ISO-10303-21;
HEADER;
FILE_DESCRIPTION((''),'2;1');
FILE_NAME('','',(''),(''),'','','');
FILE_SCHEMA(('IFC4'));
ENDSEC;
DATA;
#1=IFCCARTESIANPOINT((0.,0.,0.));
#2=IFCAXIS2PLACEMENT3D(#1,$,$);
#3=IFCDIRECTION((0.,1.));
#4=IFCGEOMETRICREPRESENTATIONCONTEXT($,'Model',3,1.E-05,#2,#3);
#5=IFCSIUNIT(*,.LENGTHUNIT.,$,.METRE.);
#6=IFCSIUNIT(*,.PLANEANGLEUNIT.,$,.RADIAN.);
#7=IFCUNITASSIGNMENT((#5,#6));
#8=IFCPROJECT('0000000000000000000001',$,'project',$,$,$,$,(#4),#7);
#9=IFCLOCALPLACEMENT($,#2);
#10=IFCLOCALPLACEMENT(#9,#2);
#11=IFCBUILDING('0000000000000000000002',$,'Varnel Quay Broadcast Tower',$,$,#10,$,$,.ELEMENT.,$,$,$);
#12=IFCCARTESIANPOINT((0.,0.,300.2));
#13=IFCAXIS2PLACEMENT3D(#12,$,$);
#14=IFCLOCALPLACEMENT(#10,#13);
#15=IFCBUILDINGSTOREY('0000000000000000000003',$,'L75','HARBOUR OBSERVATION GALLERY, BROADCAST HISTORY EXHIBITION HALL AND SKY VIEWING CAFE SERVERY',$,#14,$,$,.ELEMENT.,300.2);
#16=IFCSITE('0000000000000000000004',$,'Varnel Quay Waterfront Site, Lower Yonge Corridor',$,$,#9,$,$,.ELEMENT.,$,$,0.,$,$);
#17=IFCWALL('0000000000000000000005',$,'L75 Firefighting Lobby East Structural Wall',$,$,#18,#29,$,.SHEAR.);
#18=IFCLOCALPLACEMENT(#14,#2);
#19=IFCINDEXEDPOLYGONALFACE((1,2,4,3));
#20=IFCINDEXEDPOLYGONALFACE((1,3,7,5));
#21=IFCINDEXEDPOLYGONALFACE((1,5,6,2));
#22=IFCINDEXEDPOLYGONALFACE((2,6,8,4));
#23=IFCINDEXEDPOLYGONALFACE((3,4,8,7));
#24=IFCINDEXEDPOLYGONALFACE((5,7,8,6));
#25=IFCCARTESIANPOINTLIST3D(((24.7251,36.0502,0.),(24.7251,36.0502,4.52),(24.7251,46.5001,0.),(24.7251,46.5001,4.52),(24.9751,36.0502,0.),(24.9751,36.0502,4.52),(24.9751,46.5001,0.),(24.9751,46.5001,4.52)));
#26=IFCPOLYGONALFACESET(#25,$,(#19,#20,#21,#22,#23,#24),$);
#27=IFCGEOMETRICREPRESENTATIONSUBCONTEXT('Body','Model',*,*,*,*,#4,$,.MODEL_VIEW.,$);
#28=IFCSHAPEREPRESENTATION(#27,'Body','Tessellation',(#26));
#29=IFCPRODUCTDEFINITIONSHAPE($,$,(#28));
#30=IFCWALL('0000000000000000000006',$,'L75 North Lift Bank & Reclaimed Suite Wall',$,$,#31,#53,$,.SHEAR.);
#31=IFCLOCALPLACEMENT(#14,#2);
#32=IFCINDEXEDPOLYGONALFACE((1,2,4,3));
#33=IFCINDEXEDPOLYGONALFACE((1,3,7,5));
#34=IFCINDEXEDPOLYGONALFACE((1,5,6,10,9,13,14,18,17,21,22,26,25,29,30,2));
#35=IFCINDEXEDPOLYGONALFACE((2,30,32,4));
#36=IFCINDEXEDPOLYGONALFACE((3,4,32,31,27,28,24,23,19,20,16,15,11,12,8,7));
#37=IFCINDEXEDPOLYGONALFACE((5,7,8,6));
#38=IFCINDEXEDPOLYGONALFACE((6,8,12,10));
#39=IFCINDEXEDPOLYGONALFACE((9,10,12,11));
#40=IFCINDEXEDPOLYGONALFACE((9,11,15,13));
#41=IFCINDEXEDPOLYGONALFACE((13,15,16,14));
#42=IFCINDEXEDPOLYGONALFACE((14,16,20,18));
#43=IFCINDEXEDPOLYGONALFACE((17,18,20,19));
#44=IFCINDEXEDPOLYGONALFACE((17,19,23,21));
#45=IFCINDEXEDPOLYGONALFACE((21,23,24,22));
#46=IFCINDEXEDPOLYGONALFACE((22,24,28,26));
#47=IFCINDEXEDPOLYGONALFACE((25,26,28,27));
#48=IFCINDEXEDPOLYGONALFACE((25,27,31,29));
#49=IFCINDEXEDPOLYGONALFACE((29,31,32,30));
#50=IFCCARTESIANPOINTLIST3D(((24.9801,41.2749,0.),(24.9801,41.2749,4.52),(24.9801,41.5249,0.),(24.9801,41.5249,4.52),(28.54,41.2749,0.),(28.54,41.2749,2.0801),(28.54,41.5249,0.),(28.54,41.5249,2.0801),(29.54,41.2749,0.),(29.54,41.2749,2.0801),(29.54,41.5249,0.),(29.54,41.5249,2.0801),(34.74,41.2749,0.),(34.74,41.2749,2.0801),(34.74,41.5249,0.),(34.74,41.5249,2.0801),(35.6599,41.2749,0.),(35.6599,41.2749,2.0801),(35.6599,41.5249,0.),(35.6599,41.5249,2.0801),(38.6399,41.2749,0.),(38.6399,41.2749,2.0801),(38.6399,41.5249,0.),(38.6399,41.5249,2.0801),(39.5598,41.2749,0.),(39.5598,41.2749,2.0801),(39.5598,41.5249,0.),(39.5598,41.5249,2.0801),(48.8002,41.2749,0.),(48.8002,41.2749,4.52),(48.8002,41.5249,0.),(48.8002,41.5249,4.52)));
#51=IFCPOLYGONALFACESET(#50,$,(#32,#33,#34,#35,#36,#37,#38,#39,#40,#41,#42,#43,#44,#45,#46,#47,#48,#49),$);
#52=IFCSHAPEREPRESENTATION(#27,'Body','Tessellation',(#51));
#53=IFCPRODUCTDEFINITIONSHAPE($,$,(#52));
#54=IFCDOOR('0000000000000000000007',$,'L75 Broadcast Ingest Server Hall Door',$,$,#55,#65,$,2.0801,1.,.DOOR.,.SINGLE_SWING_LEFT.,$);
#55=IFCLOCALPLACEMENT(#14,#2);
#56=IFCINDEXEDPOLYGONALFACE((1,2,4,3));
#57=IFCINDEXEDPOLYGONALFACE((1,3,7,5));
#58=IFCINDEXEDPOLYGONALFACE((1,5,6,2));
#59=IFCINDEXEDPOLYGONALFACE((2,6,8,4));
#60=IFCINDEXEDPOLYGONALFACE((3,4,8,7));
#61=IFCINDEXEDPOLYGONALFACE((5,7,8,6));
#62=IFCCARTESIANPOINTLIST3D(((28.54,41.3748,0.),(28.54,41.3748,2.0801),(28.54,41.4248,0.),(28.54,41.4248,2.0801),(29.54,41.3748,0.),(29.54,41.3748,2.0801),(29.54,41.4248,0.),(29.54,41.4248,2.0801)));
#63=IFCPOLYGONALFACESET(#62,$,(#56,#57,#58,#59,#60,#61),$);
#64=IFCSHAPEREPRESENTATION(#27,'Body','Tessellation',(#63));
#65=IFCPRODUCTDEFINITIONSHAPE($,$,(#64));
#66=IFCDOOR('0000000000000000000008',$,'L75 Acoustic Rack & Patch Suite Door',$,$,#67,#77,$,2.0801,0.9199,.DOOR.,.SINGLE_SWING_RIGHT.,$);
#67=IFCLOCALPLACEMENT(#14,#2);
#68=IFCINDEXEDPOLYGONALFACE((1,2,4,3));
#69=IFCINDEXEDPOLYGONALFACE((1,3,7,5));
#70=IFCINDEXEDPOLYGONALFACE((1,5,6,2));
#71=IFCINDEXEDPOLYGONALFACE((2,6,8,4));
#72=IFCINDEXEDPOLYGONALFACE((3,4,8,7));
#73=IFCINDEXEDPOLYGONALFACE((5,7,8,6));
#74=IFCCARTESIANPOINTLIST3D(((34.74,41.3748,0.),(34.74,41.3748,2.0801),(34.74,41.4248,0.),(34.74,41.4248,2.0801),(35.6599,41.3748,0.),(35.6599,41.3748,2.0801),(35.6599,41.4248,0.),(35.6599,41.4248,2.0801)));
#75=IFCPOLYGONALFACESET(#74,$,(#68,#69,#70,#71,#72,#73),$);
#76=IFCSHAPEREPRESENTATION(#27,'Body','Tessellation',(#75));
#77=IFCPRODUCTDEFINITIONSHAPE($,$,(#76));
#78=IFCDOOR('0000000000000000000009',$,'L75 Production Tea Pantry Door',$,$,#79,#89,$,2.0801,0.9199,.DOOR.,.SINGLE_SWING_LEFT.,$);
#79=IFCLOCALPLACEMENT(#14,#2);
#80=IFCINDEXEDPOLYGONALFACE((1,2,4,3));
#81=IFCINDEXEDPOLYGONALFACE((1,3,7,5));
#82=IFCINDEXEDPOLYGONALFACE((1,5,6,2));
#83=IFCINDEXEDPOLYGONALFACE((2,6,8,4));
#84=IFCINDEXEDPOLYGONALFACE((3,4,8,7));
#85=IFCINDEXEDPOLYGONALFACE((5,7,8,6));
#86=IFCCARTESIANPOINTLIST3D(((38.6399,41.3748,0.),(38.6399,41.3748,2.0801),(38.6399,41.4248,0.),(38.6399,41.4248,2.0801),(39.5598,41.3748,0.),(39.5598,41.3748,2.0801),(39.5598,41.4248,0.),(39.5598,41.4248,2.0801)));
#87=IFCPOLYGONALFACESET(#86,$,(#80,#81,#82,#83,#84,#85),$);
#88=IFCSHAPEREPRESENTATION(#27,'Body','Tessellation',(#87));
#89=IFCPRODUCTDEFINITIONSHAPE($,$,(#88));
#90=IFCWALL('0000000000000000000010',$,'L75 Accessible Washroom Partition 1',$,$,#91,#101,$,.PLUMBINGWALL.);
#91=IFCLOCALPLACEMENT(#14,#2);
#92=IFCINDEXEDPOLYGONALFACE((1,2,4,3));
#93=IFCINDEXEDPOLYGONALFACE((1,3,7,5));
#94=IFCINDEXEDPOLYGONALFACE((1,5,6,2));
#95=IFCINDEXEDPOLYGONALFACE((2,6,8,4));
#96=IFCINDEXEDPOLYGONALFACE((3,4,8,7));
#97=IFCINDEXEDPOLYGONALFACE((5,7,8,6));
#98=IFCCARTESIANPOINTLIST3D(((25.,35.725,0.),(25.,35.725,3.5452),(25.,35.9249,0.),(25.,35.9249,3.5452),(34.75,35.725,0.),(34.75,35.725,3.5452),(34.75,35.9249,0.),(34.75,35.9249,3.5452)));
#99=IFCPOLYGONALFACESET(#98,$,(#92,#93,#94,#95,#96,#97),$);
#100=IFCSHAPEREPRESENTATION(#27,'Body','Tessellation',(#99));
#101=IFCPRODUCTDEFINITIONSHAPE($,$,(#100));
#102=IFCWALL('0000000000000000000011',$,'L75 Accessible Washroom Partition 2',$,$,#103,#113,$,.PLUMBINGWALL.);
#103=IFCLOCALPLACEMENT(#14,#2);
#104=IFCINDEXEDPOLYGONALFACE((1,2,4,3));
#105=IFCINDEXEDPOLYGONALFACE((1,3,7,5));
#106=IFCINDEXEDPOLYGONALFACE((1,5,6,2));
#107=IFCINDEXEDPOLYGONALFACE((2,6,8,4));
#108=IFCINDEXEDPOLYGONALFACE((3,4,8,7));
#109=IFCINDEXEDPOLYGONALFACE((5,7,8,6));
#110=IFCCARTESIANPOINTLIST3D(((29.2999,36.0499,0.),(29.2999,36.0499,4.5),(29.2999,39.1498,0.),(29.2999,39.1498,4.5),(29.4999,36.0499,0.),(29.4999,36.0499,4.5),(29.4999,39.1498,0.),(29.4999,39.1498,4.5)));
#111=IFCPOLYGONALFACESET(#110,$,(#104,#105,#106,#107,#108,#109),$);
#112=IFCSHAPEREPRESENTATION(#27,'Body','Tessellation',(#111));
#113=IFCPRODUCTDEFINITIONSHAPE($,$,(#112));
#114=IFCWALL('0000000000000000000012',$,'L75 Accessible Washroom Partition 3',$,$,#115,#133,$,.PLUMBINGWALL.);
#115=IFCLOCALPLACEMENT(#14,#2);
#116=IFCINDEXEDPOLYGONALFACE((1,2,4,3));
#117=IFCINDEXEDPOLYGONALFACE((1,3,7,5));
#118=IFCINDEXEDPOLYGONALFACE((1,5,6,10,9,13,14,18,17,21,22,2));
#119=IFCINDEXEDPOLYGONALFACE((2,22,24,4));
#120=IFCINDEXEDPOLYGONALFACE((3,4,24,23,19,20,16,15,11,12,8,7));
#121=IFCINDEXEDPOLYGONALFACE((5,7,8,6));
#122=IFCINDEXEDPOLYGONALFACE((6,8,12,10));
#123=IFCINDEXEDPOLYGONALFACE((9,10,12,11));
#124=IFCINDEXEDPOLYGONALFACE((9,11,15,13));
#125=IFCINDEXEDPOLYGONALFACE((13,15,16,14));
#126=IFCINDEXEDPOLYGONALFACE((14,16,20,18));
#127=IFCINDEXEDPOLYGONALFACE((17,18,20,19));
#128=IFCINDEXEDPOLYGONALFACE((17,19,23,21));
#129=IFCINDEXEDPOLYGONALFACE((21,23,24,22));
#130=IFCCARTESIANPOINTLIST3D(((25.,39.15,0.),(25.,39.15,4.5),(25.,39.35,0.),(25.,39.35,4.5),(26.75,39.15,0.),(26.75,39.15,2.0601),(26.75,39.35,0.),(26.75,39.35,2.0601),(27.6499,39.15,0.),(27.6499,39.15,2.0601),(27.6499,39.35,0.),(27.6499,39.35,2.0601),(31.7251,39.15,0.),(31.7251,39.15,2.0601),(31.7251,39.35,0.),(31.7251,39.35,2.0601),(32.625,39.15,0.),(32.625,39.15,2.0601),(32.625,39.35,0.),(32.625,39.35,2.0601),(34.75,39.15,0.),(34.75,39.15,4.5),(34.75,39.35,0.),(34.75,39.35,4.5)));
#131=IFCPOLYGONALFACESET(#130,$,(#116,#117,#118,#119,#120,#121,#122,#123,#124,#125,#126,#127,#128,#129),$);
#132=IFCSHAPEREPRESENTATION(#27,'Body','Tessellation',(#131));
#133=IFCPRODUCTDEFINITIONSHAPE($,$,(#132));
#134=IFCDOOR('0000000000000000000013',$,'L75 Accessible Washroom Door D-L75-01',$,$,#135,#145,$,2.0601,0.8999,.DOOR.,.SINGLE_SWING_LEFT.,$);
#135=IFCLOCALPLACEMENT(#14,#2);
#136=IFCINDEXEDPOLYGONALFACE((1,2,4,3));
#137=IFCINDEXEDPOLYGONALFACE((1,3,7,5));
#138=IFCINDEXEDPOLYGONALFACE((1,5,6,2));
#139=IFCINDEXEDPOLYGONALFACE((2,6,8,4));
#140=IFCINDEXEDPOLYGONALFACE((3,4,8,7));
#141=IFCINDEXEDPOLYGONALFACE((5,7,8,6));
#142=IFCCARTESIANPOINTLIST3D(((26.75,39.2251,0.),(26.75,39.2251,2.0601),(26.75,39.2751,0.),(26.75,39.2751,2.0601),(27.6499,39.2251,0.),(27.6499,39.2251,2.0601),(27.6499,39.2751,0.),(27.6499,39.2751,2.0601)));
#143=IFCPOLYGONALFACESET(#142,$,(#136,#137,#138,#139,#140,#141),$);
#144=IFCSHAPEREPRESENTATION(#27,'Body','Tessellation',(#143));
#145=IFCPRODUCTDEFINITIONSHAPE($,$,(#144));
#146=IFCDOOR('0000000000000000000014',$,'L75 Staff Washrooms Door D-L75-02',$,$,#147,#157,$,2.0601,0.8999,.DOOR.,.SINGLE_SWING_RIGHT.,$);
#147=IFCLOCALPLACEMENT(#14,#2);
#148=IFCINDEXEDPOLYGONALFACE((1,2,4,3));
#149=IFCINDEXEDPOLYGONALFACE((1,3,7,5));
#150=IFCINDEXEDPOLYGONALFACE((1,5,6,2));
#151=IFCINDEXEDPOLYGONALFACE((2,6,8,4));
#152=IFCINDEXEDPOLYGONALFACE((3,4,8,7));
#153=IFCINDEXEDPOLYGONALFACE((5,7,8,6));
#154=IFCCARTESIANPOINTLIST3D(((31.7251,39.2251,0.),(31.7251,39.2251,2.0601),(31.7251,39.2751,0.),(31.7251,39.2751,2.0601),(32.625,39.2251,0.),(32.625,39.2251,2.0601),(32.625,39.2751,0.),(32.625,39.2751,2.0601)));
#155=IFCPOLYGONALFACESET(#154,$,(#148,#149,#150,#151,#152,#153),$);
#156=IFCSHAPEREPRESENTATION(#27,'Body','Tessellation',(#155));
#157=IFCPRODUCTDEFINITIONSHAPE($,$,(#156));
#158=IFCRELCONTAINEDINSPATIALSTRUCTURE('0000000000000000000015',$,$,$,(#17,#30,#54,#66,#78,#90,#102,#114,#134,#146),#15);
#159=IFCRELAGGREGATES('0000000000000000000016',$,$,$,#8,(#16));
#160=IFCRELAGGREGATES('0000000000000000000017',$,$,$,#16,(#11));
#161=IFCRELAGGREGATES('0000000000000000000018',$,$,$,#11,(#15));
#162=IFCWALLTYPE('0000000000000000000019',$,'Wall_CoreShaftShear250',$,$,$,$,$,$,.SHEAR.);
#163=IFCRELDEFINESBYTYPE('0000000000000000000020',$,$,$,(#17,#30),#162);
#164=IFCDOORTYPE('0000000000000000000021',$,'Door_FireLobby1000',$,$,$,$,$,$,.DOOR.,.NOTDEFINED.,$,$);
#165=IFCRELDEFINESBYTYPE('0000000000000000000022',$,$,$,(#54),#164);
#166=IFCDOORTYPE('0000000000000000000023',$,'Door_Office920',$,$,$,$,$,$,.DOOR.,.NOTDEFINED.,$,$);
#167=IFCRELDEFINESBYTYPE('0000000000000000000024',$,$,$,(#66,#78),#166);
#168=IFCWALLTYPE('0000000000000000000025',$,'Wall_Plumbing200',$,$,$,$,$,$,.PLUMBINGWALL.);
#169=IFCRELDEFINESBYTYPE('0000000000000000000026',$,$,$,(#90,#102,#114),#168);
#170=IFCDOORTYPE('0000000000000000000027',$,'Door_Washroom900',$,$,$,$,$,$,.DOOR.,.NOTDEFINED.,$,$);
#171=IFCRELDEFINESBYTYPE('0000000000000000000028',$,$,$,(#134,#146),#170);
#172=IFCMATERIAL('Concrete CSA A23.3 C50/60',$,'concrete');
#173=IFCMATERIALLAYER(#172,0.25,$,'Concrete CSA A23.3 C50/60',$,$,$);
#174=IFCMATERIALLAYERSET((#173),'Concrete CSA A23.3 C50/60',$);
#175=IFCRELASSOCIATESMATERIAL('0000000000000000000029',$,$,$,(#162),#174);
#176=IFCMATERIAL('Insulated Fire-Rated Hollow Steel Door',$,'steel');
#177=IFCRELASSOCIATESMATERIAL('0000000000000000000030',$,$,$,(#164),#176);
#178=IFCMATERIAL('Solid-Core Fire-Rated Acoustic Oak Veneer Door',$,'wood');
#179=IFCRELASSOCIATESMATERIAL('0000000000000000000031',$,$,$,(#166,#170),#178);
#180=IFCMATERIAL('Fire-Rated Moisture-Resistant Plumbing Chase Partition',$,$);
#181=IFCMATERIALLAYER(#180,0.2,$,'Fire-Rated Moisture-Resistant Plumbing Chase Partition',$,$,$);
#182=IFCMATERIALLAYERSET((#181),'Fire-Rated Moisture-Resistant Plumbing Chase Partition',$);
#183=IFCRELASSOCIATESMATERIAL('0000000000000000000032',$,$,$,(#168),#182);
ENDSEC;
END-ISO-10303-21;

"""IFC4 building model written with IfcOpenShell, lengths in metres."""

from ifc_helpers import new_model, si_unit, direction, frame, frame_2d, origin, place, context, subcontext, project, spatial, rectangle, extrude, source, transform, mapped, material, layer, layer_set, type_object, type_shapes, element, fill, save


model = new_model("IFC4")

# Units and contexts
model_context = context("Model", 3, precision=1e-05, world=origin(), true_north=direction((0.0, 1.0)))
body_context = subcontext(model_context, "Body", "Model", "MODEL_VIEW")
ifc_project = project(units=[si_unit("LENGTHUNIT", "METRE"), si_unit("PLANEANGLEUNIT", "RADIAN")], contexts=[model_context])

# Site, building, storey
site_placement = place(None, origin())
site = spatial("IfcSite", under=ifc_project, at=site_placement, Name="Varnel Quay Waterfront Site, Lower Yonge Corridor", CompositionType="ELEMENT", RefElevation=0.0)
building_placement = place(site_placement, origin())
building = spatial("IfcBuilding", under=site, at=building_placement, Name="Varnel Quay Broadcast Tower", CompositionType="ELEMENT")
storey_placement = place(building_placement, frame((0.0, 0.0, 300.2)))
storey = spatial("IfcBuildingStorey", under=building, at=storey_placement, Name="L75", Description="HARBOUR OBSERVATION GALLERY, BROADCAST HISTORY EXHIBITION HALL AND SKY VIEWING CAFE SERVERY", CompositionType="ELEMENT", Elevation=300.2)

# Shared definitions
ifc_material_1 = material(Name="Concrete CSA A23.3 C50/60", Category="concrete")
ifc_material_2 = material(Name="Insulated Fire-Rated Hollow Steel Door", Category="steel")

# Wall
ifc_layer_1 = layer(ifc_material_1, 0.25, Name="Concrete CSA A23.3 C50/60")
ifc_layer_set_1 = layer_set([ifc_layer_1], Name="Concrete CSA A23.3 C50/60")
wall_type_1 = type_object("IfcWallType", Name="Wall_CoreShaftShear250", PredefinedType="SHEAR", material=ifc_layer_set_1)
wall_1_placement = place(storey_placement, frame((24.8501, 36.05, 0.0), z_axis=(0.0, 0.0, 1.0), x_axis=(0.0, 1.0, 0.0)))
element("IfcWall", 1, at=wall_1_placement, inside=storey, type_object=wall_type_1, Name="L75 Firefighting Lobby East Structural Wall", PredefinedType="SHEAR", context=body_context, shape_type="SweptSolid", body=[
    extrude(rectangle(XDim=10.45, YDim=0.25, at=frame_2d((5.2251, 0.0))), origin(), (0.0, 0.0, 1.0), 4.52),
])

# Wall, openings, doors
wall_2_placement = place(storey_placement, frame((24.98, 41.3999, 0.0), z_axis=(0.0, 0.0, 1.0), x_axis=(1.0, 0.0, 0.0)))
wall_2 = element("IfcWall", 2, at=wall_2_placement, inside=storey, type_object=wall_type_1, Name="L75 North Lift Bank & Reclaimed Suite Wall", PredefinedType="SHEAR", context=body_context, shape_type="SweptSolid", body=[
    extrude(rectangle(XDim=23.8201, YDim=0.25, at=frame_2d((11.9102, 0.0))), origin(), (0.0, 0.0, 1.0), 4.52),
])
opening_1_placement = place(wall_2_placement, frame((3.5601, 0.0, 0.0)))
opening_1 = element("IfcOpeningElement", 3, at=opening_1_placement, cuts=wall_2, PredefinedType="OPENING", context=body_context, shape_type="SweptSolid", body=[
    extrude(rectangle(XDim=1.0, YDim=2.0801, at=frame_2d((0.5, 1.04))), frame((0.0, 0.135, 0.0), z_axis=(0.0, -1.0, 0.0), x_axis=(1.0, 0.0, 0.0)), (0.0, 0.0, 1.0), 0.27),
])
opening_2_placement = place(wall_2_placement, frame((9.76, 0.0, 0.0)))
opening_2 = element("IfcOpeningElement", 4, at=opening_2_placement, cuts=wall_2, PredefinedType="OPENING", context=body_context, shape_type="SweptSolid", body=[
    extrude(rectangle(XDim=0.9199, YDim=2.0801, at=frame_2d((0.46, 1.04))), frame((0.0, 0.135, 0.0), z_axis=(0.0, -1.0, 0.0), x_axis=(1.0, 0.0, 0.0)), (0.0, 0.0, 1.0), 0.27),
])
opening_3_placement = place(wall_2_placement, frame((13.6599, 0.0, 0.0)))
opening_3 = element("IfcOpeningElement", 5, at=opening_3_placement, cuts=wall_2, PredefinedType="OPENING", context=body_context, shape_type="SweptSolid", body=[
    extrude(rectangle(XDim=0.9199, YDim=2.0801, at=frame_2d((0.46, 1.04))), frame((0.0, 0.135, 0.0), z_axis=(0.0, -1.0, 0.0), x_axis=(1.0, 0.0, 0.0)), (0.0, 0.0, 1.0), 0.27),
])
door_type_1 = type_object("IfcDoorType", Name="Door_FireLobby1000", OperationType="NOTDEFINED", PredefinedType="DOOR", material=ifc_material_2)
shared_shape_1 = source(origin(), body_context, "Body", "SweptSolid", [
    extrude(rectangle(XDim=1.0, YDim=2.0801, at=frame_2d((0.5, 1.04))), frame((0.0, 0.0249, 0.0), z_axis=(0.0, -1.0, 0.0), x_axis=(1.0, 0.0, 0.0)), (0.0, 0.0, 1.0), 0.05),
])
type_shapes(door_type_1, [shared_shape_1])
door_1_placement = place(opening_1_placement, origin())
door_1 = element("IfcDoor", 6, at=door_1_placement, inside=storey, type_object=door_type_1, Name="L75 Broadcast Ingest Server Hall Door", OperationType="SINGLE_SWING_LEFT", OverallHeight=2.0801, OverallWidth=1.0, PredefinedType="DOOR", context=body_context, shape_type="MappedRepresentation", body=[
    mapped(shared_shape_1, transform((0.0, 0.0, 0.0), x_axis=(1.0, 0.0, 0.0), y_axis=(0.0, 1.0, 0.0), z_axis=(0.0, 0.0, 1.0), scale=1.0)),
])
fill(opening_1, door_1)
ifc_material_3 = material(Name="Solid-Core Fire-Rated Acoustic Oak Veneer Door", Category="wood")
door_type_2 = type_object("IfcDoorType", Name="Door_Office920", OperationType="NOTDEFINED", PredefinedType="DOOR", material=ifc_material_3)
shared_shape_2 = source(origin(), body_context, "Body", "SweptSolid", [
    extrude(rectangle(XDim=0.9199, YDim=2.0801, at=frame_2d((0.46, 1.04))), frame((0.0, 0.0249, 0.0), z_axis=(0.0, -1.0, 0.0), x_axis=(1.0, 0.0, 0.0)), (0.0, 0.0, 1.0), 0.05),
])
type_shapes(door_type_2, [shared_shape_2])
door_2_placement = place(opening_2_placement, origin())
door_2 = element("IfcDoor", 7, at=door_2_placement, inside=storey, type_object=door_type_2, Name="L75 Acoustic Rack & Patch Suite Door", OperationType="SINGLE_SWING_RIGHT", OverallHeight=2.0801, OverallWidth=0.9199, PredefinedType="DOOR", context=body_context, shape_type="MappedRepresentation", body=[
    mapped(shared_shape_2, transform((0.0, 0.0, 0.0), x_axis=(1.0, 0.0, 0.0), y_axis=(0.0, 1.0, 0.0), z_axis=(0.0, 0.0, 1.0), scale=1.0)),
])
fill(opening_2, door_2)
door_3_placement = place(opening_3_placement, origin())
door_3 = element("IfcDoor", 8, at=door_3_placement, inside=storey, type_object=door_type_2, Name="L75 Production Tea Pantry Door", OperationType="SINGLE_SWING_LEFT", OverallHeight=2.0801, OverallWidth=0.9199, PredefinedType="DOOR", context=body_context, shape_type="MappedRepresentation", body=[
    mapped(shared_shape_2, transform((0.0, 0.0, 0.0), x_axis=(1.0, 0.0, 0.0), y_axis=(0.0, 1.0, 0.0), z_axis=(0.0, 0.0, 1.0), scale=1.0)),
])
fill(opening_3, door_3)

# Walls
ifc_material_4 = material(Name="Fire-Rated Moisture-Resistant Plumbing Chase Partition")
ifc_layer_2 = layer(ifc_material_4, 0.2, Name="Fire-Rated Moisture-Resistant Plumbing Chase Partition")
ifc_layer_set_2 = layer_set([ifc_layer_2], Name="Fire-Rated Moisture-Resistant Plumbing Chase Partition")
wall_type_2 = type_object("IfcWallType", Name="Wall_Plumbing200", PredefinedType="PLUMBINGWALL", material=ifc_layer_set_2)
wall_3_placement = place(storey_placement, frame((25.0, 35.825, 0.0), z_axis=(0.0, 0.0, 1.0), x_axis=(1.0, 0.0, 0.0)))
element("IfcWall", 9, at=wall_3_placement, inside=storey, type_object=wall_type_2, Name="L75 Accessible Washroom Partition 1", PredefinedType="PLUMBINGWALL", context=body_context, shape_type="SweptSolid", body=[
    extrude(rectangle(XDim=9.75, YDim=0.2, at=frame_2d((4.875, 0.0))), origin(), (0.0, 0.0, 1.0), 3.5452),
])
wall_4_placement = place(storey_placement, frame((29.3999, 36.05, 0.0), z_axis=(0.0, 0.0, 1.0), x_axis=(0.0, 1.0, 0.0)))
element("IfcWall", 10, at=wall_4_placement, inside=storey, type_object=wall_type_2, Name="L75 Accessible Washroom Partition 2", PredefinedType="PLUMBINGWALL", context=body_context, shape_type="SweptSolid", body=[
    extrude(rectangle(XDim=3.0999, YDim=0.2, at=frame_2d((1.5498, 0.0))), origin(), (0.0, 0.0, 1.0), 4.5),
])

# Wall, openings, doors
wall_5_placement = place(storey_placement, frame((25.0, 39.25, 0.0), z_axis=(0.0, 0.0, 1.0), x_axis=(1.0, 0.0, 0.0)))
wall_5 = element("IfcWall", 11, at=wall_5_placement, inside=storey, type_object=wall_type_2, Name="L75 Accessible Washroom Partition 3", PredefinedType="PLUMBINGWALL", context=body_context, shape_type="SweptSolid", body=[
    extrude(rectangle(XDim=9.75, YDim=0.2, at=frame_2d((4.875, 0.0))), origin(), (0.0, 0.0, 1.0), 4.5),
])
opening_4_placement = place(wall_5_placement, frame((1.75, 0.0, 0.0)))
opening_4 = element("IfcOpeningElement", 12, at=opening_4_placement, cuts=wall_5, PredefinedType="OPENING", context=body_context, shape_type="SweptSolid", body=[
    extrude(rectangle(XDim=0.8999, YDim=2.0601, at=frame_2d((0.45, 1.03))), frame((0.0, 0.1099, 0.0), z_axis=(0.0, -1.0, 0.0), x_axis=(1.0, 0.0, 0.0)), (0.0, 0.0, 1.0), 0.22),
])
opening_5_placement = place(wall_5_placement, frame((6.7251, 0.0, 0.0)))
opening_5 = element("IfcOpeningElement", 13, at=opening_5_placement, cuts=wall_5, PredefinedType="OPENING", context=body_context, shape_type="SweptSolid", body=[
    extrude(rectangle(XDim=0.8999, YDim=2.0601, at=frame_2d((0.45, 1.03))), frame((0.0, 0.1099, 0.0), z_axis=(0.0, -1.0, 0.0), x_axis=(1.0, 0.0, 0.0)), (0.0, 0.0, 1.0), 0.22),
])
door_type_3 = type_object("IfcDoorType", Name="Door_Washroom900", OperationType="NOTDEFINED", PredefinedType="DOOR", material=ifc_material_3)
shared_shape_3 = source(origin(), body_context, "Body", "SweptSolid", [
    extrude(rectangle(XDim=0.8999, YDim=2.0601, at=frame_2d((0.45, 1.03))), frame((0.0, 0.0249, 0.0), z_axis=(0.0, -1.0, 0.0), x_axis=(1.0, 0.0, 0.0)), (0.0, 0.0, 1.0), 0.05),
])
type_shapes(door_type_3, [shared_shape_3])
door_4_placement = place(opening_4_placement, frame((0.8999, 0.0, 0.0), z_axis=(0.0, 0.0, 1.0), x_axis=(-1.0, 0.0, 0.0)))
door_4 = element("IfcDoor", 14, at=door_4_placement, inside=storey, type_object=door_type_3, Name="L75 Accessible Washroom Door D-L75-01", OperationType="SINGLE_SWING_LEFT", OverallHeight=2.0601, OverallWidth=0.8999, PredefinedType="DOOR", context=body_context, shape_type="MappedRepresentation", body=[
    mapped(shared_shape_3, transform((0.0, 0.0, 0.0), x_axis=(1.0, 0.0, 0.0), y_axis=(0.0, 1.0, 0.0), z_axis=(0.0, 0.0, 1.0), scale=1.0)),
])
fill(opening_4, door_4)
door_5_placement = place(opening_5_placement, frame((0.8999, 0.0, 0.0), z_axis=(0.0, 0.0, 1.0), x_axis=(-1.0, 0.0, 0.0)))
door_5 = element("IfcDoor", 15, at=door_5_placement, inside=storey, type_object=door_type_3, Name="L75 Staff Washrooms Door D-L75-02", OperationType="SINGLE_SWING_RIGHT", OverallHeight=2.0601, OverallWidth=0.8999, PredefinedType="DOOR", context=body_context, shape_type="MappedRepresentation", body=[
    mapped(shared_shape_3, transform((0.0, 0.0, 0.0), x_axis=(1.0, 0.0, 0.0), y_axis=(0.0, 1.0, 0.0), z_axis=(0.0, 0.0, 1.0), scale=1.0)),
])
fill(opening_5, door_5)

save(model, "model.ifc")
